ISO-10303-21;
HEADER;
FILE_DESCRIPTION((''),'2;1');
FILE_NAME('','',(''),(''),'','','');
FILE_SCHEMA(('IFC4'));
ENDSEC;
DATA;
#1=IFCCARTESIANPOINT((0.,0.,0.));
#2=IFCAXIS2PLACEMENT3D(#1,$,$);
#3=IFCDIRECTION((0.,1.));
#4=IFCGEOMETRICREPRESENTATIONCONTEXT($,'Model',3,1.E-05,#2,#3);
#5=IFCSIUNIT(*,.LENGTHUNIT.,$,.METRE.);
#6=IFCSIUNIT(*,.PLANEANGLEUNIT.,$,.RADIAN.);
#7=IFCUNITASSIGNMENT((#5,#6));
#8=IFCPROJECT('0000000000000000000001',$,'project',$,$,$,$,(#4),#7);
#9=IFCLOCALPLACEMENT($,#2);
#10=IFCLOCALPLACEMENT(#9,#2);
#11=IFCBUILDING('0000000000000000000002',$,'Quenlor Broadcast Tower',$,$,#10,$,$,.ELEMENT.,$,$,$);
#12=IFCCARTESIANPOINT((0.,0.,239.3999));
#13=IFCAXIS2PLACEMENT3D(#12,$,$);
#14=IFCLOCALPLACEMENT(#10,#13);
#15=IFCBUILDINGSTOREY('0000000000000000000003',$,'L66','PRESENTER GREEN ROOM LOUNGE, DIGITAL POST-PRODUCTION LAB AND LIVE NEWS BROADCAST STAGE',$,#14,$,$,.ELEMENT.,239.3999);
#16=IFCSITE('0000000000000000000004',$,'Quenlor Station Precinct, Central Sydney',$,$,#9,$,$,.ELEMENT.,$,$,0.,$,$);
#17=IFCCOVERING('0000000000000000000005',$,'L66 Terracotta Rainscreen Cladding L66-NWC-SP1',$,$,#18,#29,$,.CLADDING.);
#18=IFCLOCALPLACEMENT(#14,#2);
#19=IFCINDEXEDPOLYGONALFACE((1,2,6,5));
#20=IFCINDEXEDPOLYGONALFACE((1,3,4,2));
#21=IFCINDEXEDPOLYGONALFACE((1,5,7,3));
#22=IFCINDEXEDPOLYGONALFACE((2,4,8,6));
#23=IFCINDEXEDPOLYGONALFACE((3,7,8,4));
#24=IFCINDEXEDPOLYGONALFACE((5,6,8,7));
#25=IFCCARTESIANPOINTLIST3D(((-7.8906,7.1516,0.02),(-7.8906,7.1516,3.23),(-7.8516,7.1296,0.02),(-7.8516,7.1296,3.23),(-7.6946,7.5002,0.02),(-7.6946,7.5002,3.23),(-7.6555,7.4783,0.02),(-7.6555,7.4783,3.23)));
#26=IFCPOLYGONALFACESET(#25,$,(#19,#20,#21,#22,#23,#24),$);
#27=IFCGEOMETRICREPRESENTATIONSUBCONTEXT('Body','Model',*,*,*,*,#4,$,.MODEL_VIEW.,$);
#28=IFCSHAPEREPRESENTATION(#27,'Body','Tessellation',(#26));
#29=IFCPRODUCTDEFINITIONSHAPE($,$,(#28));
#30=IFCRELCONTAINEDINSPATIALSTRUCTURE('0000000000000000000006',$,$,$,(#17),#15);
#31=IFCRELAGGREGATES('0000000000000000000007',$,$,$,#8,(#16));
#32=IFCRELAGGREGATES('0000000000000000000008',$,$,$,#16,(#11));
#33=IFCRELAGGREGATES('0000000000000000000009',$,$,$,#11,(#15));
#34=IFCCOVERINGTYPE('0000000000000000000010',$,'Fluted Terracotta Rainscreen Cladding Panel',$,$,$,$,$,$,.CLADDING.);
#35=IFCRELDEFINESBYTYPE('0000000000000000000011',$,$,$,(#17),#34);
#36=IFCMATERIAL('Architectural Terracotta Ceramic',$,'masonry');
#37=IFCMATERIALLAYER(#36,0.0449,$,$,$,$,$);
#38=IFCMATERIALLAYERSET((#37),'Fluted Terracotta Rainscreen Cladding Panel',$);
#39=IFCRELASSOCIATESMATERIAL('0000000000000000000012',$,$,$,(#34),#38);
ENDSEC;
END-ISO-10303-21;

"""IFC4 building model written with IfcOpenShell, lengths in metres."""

from ifc_helpers import new_model, si_unit, direction, frame, origin, place, context, subcontext, project, spatial, polyline, outline, extrude, material, layer, layer_set, type_object, element, save


model = new_model("IFC4")

# Units and contexts
model_context = context("Model", 3, precision=1e-05, world=origin(), true_north=direction((0.0, 1.0)))
body_context = subcontext(model_context, "Body", "Model", "MODEL_VIEW")
ifc_project = project(units=[si_unit("LENGTHUNIT", "METRE"), si_unit("PLANEANGLEUNIT", "RADIAN")], contexts=[model_context])

# Site, building, storey
site_placement = place(None, origin())
site = spatial("IfcSite", under=ifc_project, at=site_placement, Name="Quenlor Station Precinct, Central Sydney", CompositionType="ELEMENT", RefElevation=0.0)
building_placement = place(site_placement, origin())
building = spatial("IfcBuilding", under=site, at=building_placement, Name="Quenlor Broadcast Tower", CompositionType="ELEMENT")
storey_placement = place(building_placement, frame((0.0, 0.0, 239.3999)))
storey = spatial("IfcBuildingStorey", under=building, at=storey_placement, Name="L66", Description="PRESENTER GREEN ROOM LOUNGE, DIGITAL POST-PRODUCTION LAB AND LIVE NEWS BROADCAST STAGE", CompositionType="ELEMENT", Elevation=239.3999)

# Covering
ifc_material_1 = material(Name="Architectural Terracotta Ceramic", Category="masonry")
ifc_layer_1 = layer(ifc_material_1, 0.0449)
ifc_layer_set_1 = layer_set([ifc_layer_1], Name="Fluted Terracotta Rainscreen Cladding Panel")
covering_type = type_object("IfcCoveringType", Name="Fluted Terracotta Rainscreen Cladding Panel", PredefinedType="CLADDING", material=ifc_layer_set_1)
covering_1_placement = place(storey_placement, frame((0.0, 0.0, 0.02)))
element("IfcCovering", 1, at=covering_1_placement, inside=storey, type_object=covering_type, Name="L66 Terracotta Rainscreen Cladding L66-NWC-SP1", PredefinedType="CLADDING", context=body_context, shape_type="SweptSolid", body=[
    extrude(outline(polyline([(-7.8516, 7.1296), (-7.6555, 7.4783), (-7.6946, 7.5002), (-7.8906, 7.1516), (-7.8516, 7.1296)])), origin(), (0.0, 0.0, 1.0), 3.21),
])

save(model, "model.ifc")
